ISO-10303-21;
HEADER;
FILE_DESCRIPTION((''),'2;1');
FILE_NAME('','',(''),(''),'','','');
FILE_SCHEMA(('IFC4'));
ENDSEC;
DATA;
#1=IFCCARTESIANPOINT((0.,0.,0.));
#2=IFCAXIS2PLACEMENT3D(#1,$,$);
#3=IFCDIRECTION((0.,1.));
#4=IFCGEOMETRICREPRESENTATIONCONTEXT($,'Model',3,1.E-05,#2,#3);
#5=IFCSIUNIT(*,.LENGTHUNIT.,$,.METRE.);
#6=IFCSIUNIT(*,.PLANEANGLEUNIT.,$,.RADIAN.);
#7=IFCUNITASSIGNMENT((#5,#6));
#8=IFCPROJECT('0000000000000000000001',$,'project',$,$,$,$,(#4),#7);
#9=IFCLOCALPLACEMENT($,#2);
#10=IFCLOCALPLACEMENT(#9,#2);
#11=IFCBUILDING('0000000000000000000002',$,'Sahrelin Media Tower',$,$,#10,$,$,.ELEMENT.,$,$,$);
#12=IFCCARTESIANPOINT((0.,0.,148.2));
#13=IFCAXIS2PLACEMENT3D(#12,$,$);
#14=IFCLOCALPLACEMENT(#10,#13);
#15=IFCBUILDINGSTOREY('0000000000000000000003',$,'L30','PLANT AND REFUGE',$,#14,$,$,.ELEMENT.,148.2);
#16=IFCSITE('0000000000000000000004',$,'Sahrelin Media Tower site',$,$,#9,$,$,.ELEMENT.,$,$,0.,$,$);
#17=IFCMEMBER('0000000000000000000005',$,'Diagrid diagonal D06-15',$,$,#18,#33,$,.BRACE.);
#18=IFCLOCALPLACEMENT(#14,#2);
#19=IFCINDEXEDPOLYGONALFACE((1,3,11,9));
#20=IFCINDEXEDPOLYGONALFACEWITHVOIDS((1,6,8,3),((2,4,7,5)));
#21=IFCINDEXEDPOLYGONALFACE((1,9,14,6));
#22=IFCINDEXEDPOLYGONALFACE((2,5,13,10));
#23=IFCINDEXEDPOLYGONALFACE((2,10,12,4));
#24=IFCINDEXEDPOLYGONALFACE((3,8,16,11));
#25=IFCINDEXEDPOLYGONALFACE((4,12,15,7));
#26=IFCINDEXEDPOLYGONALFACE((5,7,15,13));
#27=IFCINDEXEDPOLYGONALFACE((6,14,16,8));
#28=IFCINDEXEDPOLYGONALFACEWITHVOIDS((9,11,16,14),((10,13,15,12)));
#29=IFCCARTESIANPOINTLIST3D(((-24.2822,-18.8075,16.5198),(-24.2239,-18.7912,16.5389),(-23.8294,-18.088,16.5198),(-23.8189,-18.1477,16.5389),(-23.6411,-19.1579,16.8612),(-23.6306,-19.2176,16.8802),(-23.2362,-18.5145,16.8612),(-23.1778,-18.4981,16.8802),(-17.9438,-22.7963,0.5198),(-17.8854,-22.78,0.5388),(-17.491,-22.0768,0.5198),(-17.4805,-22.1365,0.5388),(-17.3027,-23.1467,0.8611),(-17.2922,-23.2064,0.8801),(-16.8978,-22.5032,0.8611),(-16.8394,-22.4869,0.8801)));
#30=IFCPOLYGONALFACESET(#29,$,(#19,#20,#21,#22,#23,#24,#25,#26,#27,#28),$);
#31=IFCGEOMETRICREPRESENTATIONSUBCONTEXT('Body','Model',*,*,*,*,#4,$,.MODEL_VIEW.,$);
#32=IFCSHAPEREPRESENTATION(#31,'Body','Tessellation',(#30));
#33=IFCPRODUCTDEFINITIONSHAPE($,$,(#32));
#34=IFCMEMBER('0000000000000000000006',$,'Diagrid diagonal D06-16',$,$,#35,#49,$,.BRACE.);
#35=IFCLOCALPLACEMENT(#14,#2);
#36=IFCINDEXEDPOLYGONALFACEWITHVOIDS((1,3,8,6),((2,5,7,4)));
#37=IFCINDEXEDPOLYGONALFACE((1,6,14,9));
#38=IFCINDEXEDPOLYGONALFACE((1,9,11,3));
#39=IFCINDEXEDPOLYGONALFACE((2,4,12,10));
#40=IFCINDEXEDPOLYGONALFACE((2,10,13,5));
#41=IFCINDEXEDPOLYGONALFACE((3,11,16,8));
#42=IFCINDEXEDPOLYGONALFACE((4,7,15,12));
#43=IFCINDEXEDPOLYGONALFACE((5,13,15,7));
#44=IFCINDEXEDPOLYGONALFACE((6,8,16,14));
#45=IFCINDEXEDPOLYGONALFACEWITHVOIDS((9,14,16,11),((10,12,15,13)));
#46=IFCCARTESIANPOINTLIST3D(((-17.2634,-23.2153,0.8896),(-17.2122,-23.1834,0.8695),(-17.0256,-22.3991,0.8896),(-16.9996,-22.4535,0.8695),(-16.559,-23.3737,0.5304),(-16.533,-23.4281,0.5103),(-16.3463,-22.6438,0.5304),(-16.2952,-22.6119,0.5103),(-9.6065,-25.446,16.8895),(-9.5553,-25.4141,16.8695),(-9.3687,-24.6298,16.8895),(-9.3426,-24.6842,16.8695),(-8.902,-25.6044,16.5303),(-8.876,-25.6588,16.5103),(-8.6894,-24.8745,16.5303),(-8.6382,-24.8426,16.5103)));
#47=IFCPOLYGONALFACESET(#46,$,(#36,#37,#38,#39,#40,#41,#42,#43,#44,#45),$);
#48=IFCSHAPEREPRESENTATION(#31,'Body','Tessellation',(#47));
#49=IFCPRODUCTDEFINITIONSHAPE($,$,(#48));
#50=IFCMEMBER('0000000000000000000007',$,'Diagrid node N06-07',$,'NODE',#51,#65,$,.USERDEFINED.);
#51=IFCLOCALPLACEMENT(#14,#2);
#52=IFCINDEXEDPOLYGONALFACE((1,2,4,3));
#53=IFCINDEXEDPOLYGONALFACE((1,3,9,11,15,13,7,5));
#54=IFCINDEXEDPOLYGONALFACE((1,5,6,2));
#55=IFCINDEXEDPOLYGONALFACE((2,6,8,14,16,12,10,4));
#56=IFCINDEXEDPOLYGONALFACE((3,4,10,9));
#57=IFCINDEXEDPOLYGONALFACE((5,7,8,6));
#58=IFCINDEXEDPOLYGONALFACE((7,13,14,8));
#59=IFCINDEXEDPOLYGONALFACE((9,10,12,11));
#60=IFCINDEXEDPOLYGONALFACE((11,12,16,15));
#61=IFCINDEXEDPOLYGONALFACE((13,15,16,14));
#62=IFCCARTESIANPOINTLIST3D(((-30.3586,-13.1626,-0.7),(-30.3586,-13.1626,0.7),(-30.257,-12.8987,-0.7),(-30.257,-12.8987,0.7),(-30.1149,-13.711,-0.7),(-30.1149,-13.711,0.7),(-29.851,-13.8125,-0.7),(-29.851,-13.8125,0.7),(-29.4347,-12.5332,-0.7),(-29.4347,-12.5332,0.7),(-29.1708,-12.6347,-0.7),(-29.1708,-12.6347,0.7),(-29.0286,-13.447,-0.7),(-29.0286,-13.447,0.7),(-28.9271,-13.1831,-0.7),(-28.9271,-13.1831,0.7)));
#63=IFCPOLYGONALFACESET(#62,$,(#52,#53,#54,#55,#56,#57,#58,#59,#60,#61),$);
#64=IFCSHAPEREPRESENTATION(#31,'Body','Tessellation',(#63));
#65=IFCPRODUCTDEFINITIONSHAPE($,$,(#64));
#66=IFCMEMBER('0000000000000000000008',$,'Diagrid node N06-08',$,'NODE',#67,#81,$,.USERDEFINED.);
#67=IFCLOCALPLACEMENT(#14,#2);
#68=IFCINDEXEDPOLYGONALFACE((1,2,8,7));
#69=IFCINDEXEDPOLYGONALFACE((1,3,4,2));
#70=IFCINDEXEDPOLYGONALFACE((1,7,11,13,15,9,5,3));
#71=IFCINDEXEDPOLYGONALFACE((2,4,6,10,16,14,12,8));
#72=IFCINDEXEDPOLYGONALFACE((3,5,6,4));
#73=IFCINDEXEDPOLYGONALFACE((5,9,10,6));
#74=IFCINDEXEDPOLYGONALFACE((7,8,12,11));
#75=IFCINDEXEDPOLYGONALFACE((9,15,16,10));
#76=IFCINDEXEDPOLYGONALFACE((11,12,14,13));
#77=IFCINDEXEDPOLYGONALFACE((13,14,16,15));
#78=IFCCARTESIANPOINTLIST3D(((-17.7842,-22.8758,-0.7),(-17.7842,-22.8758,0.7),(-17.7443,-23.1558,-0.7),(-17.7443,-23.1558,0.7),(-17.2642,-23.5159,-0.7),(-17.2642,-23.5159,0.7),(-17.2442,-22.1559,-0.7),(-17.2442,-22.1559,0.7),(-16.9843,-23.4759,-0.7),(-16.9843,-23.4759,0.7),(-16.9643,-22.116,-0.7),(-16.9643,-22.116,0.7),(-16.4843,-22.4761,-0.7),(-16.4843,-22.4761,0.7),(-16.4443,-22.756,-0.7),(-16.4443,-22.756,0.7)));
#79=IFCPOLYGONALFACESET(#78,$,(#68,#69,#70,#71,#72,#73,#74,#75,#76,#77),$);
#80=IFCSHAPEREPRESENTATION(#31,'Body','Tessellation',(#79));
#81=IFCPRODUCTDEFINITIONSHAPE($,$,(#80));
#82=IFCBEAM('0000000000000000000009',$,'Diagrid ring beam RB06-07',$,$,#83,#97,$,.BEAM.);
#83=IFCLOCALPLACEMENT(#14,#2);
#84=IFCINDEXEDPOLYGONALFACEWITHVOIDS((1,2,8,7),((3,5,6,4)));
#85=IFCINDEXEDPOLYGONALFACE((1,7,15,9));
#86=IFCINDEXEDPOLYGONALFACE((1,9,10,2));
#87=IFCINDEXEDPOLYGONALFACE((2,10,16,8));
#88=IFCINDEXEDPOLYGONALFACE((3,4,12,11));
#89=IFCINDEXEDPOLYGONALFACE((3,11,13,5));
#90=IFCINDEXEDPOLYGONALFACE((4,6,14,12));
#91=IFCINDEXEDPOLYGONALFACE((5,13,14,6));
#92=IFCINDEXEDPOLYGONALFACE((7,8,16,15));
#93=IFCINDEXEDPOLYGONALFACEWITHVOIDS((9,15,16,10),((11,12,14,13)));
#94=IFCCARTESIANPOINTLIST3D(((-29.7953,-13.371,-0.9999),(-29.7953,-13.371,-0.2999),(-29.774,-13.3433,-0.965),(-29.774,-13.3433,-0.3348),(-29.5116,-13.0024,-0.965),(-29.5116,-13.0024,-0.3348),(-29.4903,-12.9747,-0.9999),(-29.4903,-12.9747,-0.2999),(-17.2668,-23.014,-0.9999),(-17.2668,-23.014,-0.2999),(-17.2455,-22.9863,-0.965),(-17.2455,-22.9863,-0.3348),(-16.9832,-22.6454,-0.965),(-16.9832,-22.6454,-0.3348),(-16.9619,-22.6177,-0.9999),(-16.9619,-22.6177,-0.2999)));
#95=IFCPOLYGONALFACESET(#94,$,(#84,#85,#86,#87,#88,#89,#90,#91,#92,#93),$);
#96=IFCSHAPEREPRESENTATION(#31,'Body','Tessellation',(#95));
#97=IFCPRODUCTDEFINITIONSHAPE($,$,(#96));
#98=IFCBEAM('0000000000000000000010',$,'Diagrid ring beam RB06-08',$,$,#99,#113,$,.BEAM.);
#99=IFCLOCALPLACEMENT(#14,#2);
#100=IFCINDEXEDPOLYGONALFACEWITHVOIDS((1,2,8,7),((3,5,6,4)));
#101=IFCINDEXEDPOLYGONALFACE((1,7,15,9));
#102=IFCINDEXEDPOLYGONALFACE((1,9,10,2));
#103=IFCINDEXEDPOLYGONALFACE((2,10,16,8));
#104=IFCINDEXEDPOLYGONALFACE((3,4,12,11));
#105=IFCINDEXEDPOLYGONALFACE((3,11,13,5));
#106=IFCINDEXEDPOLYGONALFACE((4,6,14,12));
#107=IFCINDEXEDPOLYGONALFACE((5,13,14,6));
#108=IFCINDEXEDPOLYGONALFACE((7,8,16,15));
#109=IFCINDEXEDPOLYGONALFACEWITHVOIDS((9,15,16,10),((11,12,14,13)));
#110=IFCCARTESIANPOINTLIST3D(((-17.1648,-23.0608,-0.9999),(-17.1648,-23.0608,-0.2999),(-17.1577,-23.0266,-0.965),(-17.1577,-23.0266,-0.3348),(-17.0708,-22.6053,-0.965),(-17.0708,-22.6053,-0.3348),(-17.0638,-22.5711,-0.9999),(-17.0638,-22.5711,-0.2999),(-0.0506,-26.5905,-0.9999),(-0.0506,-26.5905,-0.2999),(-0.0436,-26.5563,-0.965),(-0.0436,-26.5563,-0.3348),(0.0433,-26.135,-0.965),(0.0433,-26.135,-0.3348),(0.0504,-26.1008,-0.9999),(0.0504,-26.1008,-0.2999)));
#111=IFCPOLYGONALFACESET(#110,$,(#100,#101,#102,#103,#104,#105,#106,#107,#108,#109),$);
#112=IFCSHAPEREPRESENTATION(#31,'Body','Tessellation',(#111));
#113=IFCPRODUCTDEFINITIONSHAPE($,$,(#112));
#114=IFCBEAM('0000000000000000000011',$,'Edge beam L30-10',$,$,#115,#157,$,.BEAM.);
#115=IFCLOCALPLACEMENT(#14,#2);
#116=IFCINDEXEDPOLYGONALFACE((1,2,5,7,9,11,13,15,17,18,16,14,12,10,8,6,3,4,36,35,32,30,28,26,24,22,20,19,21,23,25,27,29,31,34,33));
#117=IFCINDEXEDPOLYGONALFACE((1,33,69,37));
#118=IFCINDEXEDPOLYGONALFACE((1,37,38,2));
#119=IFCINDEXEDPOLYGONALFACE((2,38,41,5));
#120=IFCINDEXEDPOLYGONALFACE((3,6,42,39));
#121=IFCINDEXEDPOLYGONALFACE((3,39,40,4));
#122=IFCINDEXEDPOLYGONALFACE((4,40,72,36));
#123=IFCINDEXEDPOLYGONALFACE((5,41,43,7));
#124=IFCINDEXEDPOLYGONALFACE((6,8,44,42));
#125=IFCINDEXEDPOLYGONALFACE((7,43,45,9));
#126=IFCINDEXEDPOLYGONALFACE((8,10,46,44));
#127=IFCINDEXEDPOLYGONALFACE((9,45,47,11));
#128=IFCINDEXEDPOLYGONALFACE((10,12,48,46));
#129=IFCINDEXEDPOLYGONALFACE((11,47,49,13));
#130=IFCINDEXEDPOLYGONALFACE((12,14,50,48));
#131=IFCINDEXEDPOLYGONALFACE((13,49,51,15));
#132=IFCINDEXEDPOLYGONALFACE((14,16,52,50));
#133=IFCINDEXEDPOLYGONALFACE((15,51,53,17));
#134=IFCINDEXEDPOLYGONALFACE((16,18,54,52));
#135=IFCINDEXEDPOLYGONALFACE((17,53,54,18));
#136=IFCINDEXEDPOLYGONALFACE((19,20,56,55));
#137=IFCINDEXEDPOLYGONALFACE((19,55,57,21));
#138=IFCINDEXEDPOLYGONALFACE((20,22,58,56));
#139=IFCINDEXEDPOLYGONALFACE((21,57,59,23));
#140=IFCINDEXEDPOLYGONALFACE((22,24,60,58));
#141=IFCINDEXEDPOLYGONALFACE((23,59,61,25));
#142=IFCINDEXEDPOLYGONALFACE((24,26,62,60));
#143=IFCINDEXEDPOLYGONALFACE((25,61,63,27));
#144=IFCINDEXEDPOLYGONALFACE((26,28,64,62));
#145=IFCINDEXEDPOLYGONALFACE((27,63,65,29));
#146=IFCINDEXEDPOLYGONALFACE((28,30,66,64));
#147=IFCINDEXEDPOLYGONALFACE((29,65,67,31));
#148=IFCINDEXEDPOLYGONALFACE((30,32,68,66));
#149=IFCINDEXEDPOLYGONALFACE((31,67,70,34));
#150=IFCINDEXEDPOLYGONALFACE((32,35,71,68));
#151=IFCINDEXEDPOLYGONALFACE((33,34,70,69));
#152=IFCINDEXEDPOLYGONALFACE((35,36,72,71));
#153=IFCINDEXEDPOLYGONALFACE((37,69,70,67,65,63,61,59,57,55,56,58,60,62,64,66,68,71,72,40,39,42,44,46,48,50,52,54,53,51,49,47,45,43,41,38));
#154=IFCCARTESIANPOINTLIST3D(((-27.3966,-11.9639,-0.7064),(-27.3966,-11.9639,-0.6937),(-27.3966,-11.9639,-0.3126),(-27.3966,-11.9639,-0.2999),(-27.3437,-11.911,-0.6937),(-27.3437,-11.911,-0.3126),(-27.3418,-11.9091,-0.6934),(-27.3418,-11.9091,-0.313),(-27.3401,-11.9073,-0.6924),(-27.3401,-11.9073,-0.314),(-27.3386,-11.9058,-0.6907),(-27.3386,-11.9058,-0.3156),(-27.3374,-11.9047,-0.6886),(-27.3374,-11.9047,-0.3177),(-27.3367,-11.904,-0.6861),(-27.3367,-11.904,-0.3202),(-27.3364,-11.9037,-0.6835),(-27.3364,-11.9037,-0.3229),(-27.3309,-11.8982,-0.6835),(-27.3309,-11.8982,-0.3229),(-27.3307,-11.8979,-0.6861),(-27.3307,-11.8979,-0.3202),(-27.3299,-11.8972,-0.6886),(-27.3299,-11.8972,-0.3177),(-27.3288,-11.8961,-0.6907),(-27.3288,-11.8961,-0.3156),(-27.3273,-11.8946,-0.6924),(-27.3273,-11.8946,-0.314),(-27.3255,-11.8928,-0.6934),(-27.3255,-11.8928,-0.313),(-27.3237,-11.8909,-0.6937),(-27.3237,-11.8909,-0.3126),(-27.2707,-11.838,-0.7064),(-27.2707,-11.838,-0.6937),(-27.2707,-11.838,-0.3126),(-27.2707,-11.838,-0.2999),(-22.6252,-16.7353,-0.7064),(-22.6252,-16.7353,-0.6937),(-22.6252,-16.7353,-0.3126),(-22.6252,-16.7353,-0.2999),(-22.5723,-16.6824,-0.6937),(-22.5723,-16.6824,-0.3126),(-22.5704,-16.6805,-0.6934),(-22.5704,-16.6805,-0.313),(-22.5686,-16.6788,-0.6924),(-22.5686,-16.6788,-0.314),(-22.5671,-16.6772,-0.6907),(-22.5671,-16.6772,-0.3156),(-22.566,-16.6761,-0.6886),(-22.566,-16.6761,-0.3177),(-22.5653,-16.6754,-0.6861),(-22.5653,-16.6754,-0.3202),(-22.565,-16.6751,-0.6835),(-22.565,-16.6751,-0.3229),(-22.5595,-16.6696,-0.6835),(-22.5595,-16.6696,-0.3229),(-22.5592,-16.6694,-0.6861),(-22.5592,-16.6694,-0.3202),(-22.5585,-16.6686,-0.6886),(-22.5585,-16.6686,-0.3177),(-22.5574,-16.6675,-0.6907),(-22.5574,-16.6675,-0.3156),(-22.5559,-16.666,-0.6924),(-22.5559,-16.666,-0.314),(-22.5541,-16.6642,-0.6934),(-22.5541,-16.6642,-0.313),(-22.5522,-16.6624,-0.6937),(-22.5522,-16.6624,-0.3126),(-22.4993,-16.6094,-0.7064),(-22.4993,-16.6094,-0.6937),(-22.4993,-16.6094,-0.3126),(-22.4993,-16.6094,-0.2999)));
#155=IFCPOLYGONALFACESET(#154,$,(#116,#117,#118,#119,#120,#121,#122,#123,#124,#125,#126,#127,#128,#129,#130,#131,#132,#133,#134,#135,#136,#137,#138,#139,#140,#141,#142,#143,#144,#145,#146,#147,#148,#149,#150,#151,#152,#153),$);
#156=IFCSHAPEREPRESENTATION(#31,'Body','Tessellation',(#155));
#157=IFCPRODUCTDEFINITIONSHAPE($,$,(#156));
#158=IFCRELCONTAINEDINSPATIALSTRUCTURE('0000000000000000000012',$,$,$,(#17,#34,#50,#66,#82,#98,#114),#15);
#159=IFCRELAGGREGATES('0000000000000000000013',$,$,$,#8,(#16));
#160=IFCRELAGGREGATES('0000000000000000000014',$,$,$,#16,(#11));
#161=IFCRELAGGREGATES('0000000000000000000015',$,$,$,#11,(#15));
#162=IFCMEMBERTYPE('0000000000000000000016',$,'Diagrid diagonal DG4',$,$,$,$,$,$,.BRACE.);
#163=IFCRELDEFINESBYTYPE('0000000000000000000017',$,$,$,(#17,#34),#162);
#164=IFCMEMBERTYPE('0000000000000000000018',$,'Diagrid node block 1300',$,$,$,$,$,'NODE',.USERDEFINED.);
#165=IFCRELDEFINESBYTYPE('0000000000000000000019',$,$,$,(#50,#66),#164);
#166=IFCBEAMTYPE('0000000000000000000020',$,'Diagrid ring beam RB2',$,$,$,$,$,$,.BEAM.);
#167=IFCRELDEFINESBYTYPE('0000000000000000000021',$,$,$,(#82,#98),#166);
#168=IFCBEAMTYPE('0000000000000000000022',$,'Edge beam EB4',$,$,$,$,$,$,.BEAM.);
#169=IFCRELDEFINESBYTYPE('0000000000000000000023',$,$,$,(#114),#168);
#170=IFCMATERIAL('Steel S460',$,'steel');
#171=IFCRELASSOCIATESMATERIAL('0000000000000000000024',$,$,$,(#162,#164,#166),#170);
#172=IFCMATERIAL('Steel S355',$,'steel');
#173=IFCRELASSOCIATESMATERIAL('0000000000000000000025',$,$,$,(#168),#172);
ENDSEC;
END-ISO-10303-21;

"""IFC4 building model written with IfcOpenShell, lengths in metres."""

from ifc_helpers import new_model, si_unit, direction, frame, origin, origin_2d, place, context, subcontext, project, spatial, polyline, hollow_rectangle, i_section, outline, extrude, material, material_profile, profile_set, type_object, element, save


model = new_model("IFC4")

# Units and contexts
model_context = context("Model", 3, precision=1e-05, world=origin(), true_north=direction((0.0, 1.0)))
body_context = subcontext(model_context, "Body", "Model", "MODEL_VIEW")
ifc_project = project(units=[si_unit("LENGTHUNIT", "METRE"), si_unit("PLANEANGLEUNIT", "RADIAN")], contexts=[model_context])

# Site, building, storey
site_placement = place(None, origin())
site = spatial("IfcSite", under=ifc_project, at=site_placement, Name="Sahrelin Media Tower site", CompositionType="ELEMENT", RefElevation=0.0)
building_placement = place(site_placement, origin())
building = spatial("IfcBuilding", under=site, at=building_placement, Name="Sahrelin Media Tower", CompositionType="ELEMENT")
storey_placement = place(building_placement, frame((0.0, 0.0, 148.2)))
storey = spatial("IfcBuildingStorey", under=building, at=storey_placement, Name="L30", Description="PLANT AND REFUGE", CompositionType="ELEMENT", Elevation=148.2)

# Members
ifc_material_1 = material(Name="Steel S460", Category="steel")
ifc_material_profile_1 = material_profile(ifc_material_1, hollow_rectangle(XDim=0.8501, YDim=0.8501, WallThickness=0.0449, at=origin_2d()), Name="Diagrid diagonal DG4")
ifc_profile_set_1 = profile_set([ifc_material_profile_1], Name="Steel S460")
member_type_1 = type_object("IfcMemberType", Name="Diagrid diagonal DG4", PredefinedType="BRACE", material=ifc_profile_set_1)
member_1_placement = place(storey_placement, frame((-17.3916, -22.6416, 0.7), z_axis=(-0.358791, 0.225789, 0.905698), x_axis=(-0.532616, -0.846357, 0.0)))
element("IfcMember", 1, at=member_1_placement, inside=storey, type_object=member_type_1, Name="Diagrid diagonal D06-15", PredefinedType="BRACE", context=body_context, shape_type="SweptSolid", body=[
    extrude(hollow_rectangle(XDim=0.8501, YDim=0.8501, WallThickness=0.0449, at=origin_2d()), origin(), (0.0, 0.0, 1.0), 17.666),
])
member_2_placement = place(storey_placement, frame((-16.7793, -22.9136, 0.7), z_axis=(0.428302, -0.124778, 0.894979), x_axis=(0.279703, 0.960087, 0.0)))
element("IfcMember", 2, at=member_2_placement, inside=storey, type_object=member_type_1, Name="Diagrid diagonal D06-16", PredefinedType="BRACE", context=body_context, shape_type="SweptSolid", body=[
    extrude(hollow_rectangle(XDim=0.8501, YDim=0.8501, WallThickness=0.0449, at=origin_2d()), origin(), (0.0, 0.0, 1.0), 17.8774),
])
ifc_material_profile_2 = material_profile(ifc_material_1, outline(polyline([(0.45, -0.5), (0.6499, -0.3), (0.6499, 0.3), (0.45, 0.5), (-0.45, 0.5), (-0.6499, 0.3), (-0.6499, -0.3), (-0.45, -0.5), (0.45, -0.5)])), Name="Diagrid node block 1300")
ifc_profile_set_2 = profile_set([ifc_material_profile_2], Name="Steel S460")
member_type_2 = type_object("IfcMemberType", Name="Diagrid node block 1300", ElementType="NODE", PredefinedType="USERDEFINED", material=ifc_profile_set_2)
for number, where, z_axis, x_axis, name in (
    (3, (-29.6428, -13.1729, -0.7), (0.0, 0.0, 1.0), (-0.913831, -0.406094, 0.0), "Diagrid node N06-07"),
    (4, (-17.1143, -22.8159, -0.7), (0.0, 0.0, 1.0), (-0.600052, -0.799961, 0.0), "Diagrid node N06-08"),
):
    element("IfcMember", number, at=place(storey_placement, frame(where, z_axis=z_axis, x_axis=x_axis)), inside=storey, type_object=member_type_2, Name=name, ObjectType="NODE", PredefinedType="USERDEFINED", context=body_context, shape_type="SweptSolid", body=[
        extrude(outline(polyline([(0.45, -0.5), (0.6499, -0.3), (0.6499, 0.3), (0.45, 0.5), (-0.45, 0.5), (-0.6499, 0.3), (-0.6499, -0.3), (-0.45, -0.5), (0.45, -0.5)])), origin(), (0.0, 0.0, 1.0), 1.3999),
    ])

# Beams
ifc_material_profile_3 = material_profile(ifc_material_1, hollow_rectangle(XDim=0.5, YDim=0.7, WallThickness=0.0349, at=origin_2d()), Name="Diagrid ring beam RB2")
ifc_profile_set_3 = profile_set([ifc_material_profile_3], Name="Steel S460")
beam_type_1 = type_object("IfcBeamType", Name="Diagrid ring beam RB2", PredefinedType="BEAM", material=ifc_profile_set_3)
beam_1_placement = place(storey_placement, frame((-29.6428, -13.1729, -0.6499), z_axis=(0.792449, -0.609938, 0.0), x_axis=(0.609938, 0.792449, 0.0)))
element("IfcBeam", 5, at=beam_1_placement, inside=storey, type_object=beam_type_1, Name="Diagrid ring beam RB06-07", PredefinedType="BEAM", context=body_context, shape_type="SweptSolid", body=[
    extrude(hollow_rectangle(XDim=0.5, YDim=0.7, WallThickness=0.0349, at=origin_2d()), origin(), (0.0, 0.0, 1.0), 15.8098),
])
beam_2_placement = place(storey_placement, frame((-17.1143, -22.8159, -0.6499), z_axis=(0.979386, -0.201997, 0.0), x_axis=(0.201997, 0.979386, 0.0)))
element("IfcBeam", 6, at=beam_2_placement, inside=storey, type_object=beam_type_1, Name="Diagrid ring beam RB06-08", PredefinedType="BEAM", context=body_context, shape_type="SweptSolid", body=[
    extrude(hollow_rectangle(XDim=0.5, YDim=0.7, WallThickness=0.0349, at=origin_2d()), origin(), (0.0, 0.0, 1.0), 17.4744),
])
ifc_material_2 = material(Name="Steel S355", Category="steel")
ifc_material_profile_4 = material_profile(ifc_material_2, i_section(OverallWidth=0.178, OverallDepth=0.4065, WebThickness=0.0078, FlangeThickness=0.0127, FilletRadius=0.0103, at=origin_2d()), Name="UB 406x178x60")
ifc_profile_set_4 = profile_set([ifc_material_profile_4], Name="Steel S355")
beam_type_2 = type_object("IfcBeamType", Name="Edge beam EB4", PredefinedType="BEAM", material=ifc_profile_set_4)
beam_3_placement = place(storey_placement, frame((-22.5623, -16.6724, -0.5032), z_axis=(-0.707107, 0.707107, 0.0), x_axis=(-0.707107, -0.707107, 0.0)))
element("IfcBeam", 7, at=beam_3_placement, inside=storey, type_object=beam_type_2, Name="Edge beam L30-10", PredefinedType="BEAM", context=body_context, shape_type="SweptSolid", body=[
    extrude(i_section(OverallWidth=0.178, OverallDepth=0.4065, WebThickness=0.0078, FlangeThickness=0.0127, FilletRadius=0.0103, at=origin_2d()), origin(), (0.0, 0.0, 1.0), 6.7478),
])

save(model, "model.ifc")
